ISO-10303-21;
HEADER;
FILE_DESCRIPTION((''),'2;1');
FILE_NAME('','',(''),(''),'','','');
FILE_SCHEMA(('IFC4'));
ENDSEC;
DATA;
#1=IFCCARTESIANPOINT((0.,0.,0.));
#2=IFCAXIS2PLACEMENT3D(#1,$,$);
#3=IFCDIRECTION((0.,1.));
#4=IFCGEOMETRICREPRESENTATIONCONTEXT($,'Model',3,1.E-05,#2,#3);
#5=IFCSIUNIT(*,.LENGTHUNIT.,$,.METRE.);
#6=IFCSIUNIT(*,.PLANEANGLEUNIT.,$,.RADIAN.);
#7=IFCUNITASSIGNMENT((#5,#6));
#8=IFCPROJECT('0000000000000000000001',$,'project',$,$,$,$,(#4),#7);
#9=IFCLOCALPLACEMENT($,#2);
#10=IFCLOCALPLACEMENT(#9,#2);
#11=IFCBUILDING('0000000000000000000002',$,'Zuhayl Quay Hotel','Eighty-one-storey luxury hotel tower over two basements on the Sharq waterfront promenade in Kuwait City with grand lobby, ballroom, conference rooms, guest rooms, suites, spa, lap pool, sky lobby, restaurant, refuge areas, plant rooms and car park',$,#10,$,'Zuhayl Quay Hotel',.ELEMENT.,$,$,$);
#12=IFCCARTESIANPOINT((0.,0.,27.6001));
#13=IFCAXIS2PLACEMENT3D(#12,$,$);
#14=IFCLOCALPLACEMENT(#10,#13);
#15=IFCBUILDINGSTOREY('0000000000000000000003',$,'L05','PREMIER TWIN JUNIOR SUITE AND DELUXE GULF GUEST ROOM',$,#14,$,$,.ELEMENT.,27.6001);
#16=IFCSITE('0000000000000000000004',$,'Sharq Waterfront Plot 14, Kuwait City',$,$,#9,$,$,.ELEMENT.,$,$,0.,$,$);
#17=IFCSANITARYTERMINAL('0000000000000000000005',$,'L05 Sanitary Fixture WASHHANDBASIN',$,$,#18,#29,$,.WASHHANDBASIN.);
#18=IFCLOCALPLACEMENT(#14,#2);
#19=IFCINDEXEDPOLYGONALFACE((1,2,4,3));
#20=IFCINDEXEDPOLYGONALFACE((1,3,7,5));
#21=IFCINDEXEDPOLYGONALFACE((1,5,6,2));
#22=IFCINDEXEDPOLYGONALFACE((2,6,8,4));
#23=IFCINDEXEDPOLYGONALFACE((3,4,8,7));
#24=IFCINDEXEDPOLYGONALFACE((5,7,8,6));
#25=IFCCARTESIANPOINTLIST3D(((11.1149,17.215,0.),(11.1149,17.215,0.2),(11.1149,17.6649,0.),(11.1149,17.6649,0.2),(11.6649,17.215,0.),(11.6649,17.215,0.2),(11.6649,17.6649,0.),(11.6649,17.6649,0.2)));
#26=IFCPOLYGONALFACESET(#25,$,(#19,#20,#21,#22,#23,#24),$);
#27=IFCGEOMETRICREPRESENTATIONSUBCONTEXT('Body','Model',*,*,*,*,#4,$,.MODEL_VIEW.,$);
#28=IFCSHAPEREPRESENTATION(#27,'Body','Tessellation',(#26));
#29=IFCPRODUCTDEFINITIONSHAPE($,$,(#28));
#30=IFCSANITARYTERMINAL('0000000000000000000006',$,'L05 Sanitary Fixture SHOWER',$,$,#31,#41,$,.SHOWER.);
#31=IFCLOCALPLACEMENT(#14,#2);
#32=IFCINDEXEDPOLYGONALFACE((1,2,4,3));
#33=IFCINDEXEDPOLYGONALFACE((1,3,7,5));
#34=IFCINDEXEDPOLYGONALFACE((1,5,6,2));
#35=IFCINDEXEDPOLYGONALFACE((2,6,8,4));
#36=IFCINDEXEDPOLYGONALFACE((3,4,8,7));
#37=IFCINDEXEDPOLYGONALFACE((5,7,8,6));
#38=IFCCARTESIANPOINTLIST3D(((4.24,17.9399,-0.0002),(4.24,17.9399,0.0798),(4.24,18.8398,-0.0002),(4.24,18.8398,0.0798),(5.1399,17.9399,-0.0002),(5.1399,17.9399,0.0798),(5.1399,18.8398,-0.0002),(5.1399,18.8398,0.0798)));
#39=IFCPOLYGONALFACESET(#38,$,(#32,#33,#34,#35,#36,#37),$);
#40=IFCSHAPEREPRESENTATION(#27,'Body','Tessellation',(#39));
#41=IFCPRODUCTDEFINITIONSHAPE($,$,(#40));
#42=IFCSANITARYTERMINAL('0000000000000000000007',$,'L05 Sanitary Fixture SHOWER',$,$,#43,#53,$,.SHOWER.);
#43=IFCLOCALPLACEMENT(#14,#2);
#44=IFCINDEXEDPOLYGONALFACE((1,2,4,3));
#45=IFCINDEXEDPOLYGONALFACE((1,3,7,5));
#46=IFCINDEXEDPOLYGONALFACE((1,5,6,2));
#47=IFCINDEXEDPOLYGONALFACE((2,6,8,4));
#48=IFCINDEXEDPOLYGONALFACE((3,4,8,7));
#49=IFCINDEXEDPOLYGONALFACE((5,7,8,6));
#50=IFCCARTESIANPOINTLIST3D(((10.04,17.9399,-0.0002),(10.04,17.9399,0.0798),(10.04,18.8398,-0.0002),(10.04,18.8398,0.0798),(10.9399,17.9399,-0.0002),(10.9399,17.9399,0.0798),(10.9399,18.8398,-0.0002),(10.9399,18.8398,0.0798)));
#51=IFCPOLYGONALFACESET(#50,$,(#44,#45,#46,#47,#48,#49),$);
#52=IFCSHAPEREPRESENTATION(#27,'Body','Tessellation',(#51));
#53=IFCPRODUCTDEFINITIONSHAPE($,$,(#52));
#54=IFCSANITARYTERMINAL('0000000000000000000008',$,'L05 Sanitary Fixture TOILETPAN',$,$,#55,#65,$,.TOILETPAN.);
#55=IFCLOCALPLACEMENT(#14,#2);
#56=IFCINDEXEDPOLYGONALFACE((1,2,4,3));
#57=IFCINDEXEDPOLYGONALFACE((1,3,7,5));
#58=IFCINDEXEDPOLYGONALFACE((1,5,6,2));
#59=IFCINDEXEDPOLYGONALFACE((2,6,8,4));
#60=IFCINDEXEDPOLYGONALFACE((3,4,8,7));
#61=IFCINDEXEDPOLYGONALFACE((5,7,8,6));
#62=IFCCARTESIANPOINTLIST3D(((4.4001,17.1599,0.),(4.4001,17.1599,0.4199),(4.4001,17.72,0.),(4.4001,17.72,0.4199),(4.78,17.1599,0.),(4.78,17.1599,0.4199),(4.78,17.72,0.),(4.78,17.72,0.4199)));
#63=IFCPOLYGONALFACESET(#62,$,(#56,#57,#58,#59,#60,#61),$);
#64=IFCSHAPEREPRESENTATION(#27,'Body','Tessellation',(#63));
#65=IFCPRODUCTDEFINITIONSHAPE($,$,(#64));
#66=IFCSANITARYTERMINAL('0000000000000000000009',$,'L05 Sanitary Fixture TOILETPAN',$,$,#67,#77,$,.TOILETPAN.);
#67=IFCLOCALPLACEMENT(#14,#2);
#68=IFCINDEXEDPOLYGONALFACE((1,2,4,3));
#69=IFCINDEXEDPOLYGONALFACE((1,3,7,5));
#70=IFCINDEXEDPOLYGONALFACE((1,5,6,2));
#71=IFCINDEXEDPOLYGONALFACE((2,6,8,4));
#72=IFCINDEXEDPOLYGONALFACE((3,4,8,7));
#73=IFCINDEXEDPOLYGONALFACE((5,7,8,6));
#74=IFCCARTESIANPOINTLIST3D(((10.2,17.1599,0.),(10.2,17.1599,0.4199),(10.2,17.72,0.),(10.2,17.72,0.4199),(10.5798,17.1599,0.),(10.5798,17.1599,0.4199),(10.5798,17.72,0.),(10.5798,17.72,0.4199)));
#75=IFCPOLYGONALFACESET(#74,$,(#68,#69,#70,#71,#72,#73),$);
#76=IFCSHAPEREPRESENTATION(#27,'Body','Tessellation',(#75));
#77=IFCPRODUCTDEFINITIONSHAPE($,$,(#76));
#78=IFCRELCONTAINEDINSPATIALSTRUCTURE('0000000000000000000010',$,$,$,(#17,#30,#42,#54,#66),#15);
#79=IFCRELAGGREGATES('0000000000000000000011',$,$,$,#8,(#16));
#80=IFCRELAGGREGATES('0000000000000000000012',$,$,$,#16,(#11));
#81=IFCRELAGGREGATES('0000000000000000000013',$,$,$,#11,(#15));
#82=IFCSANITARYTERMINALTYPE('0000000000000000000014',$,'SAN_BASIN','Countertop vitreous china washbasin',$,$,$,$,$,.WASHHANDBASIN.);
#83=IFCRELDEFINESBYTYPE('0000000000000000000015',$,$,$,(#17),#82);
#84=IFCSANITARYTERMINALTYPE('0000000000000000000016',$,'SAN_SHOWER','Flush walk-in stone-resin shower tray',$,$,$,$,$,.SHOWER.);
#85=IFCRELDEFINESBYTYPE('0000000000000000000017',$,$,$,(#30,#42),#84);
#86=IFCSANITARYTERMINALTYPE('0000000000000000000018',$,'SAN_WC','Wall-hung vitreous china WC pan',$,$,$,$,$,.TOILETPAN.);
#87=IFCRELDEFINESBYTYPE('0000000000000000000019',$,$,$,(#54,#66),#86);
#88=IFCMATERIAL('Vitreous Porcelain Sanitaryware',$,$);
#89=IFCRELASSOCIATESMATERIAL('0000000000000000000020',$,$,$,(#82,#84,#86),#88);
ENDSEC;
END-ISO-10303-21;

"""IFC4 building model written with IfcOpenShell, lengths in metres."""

from ifc_helpers import new_model, si_unit, direction, frame, origin, origin_2d, place, context, subcontext, project, spatial, rectangle, extrude, material, type_object, element, save


model = new_model("IFC4")

# Units and contexts
model_context = context("Model", 3, precision=1e-05, world=origin(), true_north=direction((0.0, 1.0)))
body_context = subcontext(model_context, "Body", "Model", "MODEL_VIEW")
ifc_project = project(units=[si_unit("LENGTHUNIT", "METRE"), si_unit("PLANEANGLEUNIT", "RADIAN")], contexts=[model_context])

# Site, building, storey
site_placement = place(None, origin())
site = spatial("IfcSite", under=ifc_project, at=site_placement, Name="Sharq Waterfront Plot 14, Kuwait City", CompositionType="ELEMENT", RefElevation=0.0)
building_placement = place(site_placement, origin())
building = spatial("IfcBuilding", under=site, at=building_placement, Name="Zuhayl Quay Hotel", Description="Eighty-one-storey luxury hotel tower over two basements on the Sharq waterfront promenade in Kuwait City with grand lobby, ballroom, conference rooms, guest rooms, suites, spa, lap pool, sky lobby, restaurant, refuge areas, plant rooms and car park", LongName="Zuhayl Quay Hotel", CompositionType="ELEMENT")
storey_placement = place(building_placement, frame((0.0, 0.0, 27.6001)))
storey = spatial("IfcBuildingStorey", under=building, at=storey_placement, Name="L05", Description="PREMIER TWIN JUNIOR SUITE AND DELUXE GULF GUEST ROOM", CompositionType="ELEMENT", Elevation=27.6001)

# Sanitary terminals
ifc_material_1 = material(Name="Vitreous Porcelain Sanitaryware")
sanitary_terminal_type_1 = type_object("IfcSanitaryTerminalType", Name="SAN_BASIN", Description="Countertop vitreous china washbasin", PredefinedType="WASHHANDBASIN", material=ifc_material_1)
for number, where, z_axis, x_axis, name in (
    (1, (11.3899, 17.4399, 0.0), (0.0, 0.0, 1.0), (1.0, 0.0, 0.0), "L05 Sanitary Fixture WASHHANDBASIN"),
):
    element("IfcSanitaryTerminal", number, at=place(storey_placement, frame(where, z_axis=z_axis, x_axis=x_axis)), inside=storey, type_object=sanitary_terminal_type_1, Name=name, PredefinedType="WASHHANDBASIN", context=body_context, shape_type="SweptSolid", body=[
        extrude(rectangle(XDim=0.55, YDim=0.45, at=origin_2d()), origin(), (0.0, 0.0, 1.0), 0.2),
    ])
sanitary_terminal_type_2 = type_object("IfcSanitaryTerminalType", Name="SAN_SHOWER", Description="Flush walk-in stone-resin shower tray", PredefinedType="SHOWER", material=ifc_material_1)
for number, where, z_axis, x_axis, name in (
    (2, (4.6899, 18.3899, -0.0002), (0.0, 0.0, 1.0), (1.0, 0.0, 0.0), "L05 Sanitary Fixture SHOWER"),
    (3, (10.49, 18.3899, -0.0002), (0.0, 0.0, 1.0), (1.0, 0.0, 0.0), "L05 Sanitary Fixture SHOWER"),
):
    element("IfcSanitaryTerminal", number, at=place(storey_placement, frame(where, z_axis=z_axis, x_axis=x_axis)), inside=storey, type_object=sanitary_terminal_type_2, Name=name, PredefinedType="SHOWER", context=body_context, shape_type="SweptSolid", body=[
        extrude(rectangle(XDim=0.8999, YDim=0.8999, at=origin_2d()), origin(), (0.0, 0.0, 1.0), 0.0801),
    ])
sanitary_terminal_type_3 = type_object("IfcSanitaryTerminalType", Name="SAN_WC", Description="Wall-hung vitreous china WC pan", PredefinedType="TOILETPAN", material=ifc_material_1)
for number, where, z_axis, x_axis, name in (
    (4, (4.5901, 17.4399, 0.0), (0.0, 0.0, 1.0), (1.0, 0.0, 0.0), "L05 Sanitary Fixture TOILETPAN"),
    (5, (10.3899, 17.4399, 0.0), (0.0, 0.0, 1.0), (1.0, 0.0, 0.0), "L05 Sanitary Fixture TOILETPAN"),
):
    element("IfcSanitaryTerminal", number, at=place(storey_placement, frame(where, z_axis=z_axis, x_axis=x_axis)), inside=storey, type_object=sanitary_terminal_type_3, Name=name, PredefinedType="TOILETPAN", context=body_context, shape_type="SweptSolid", body=[
        extrude(rectangle(XDim=0.3799, YDim=0.5601, at=origin_2d()), origin(), (0.0, 0.0, 1.0), 0.4199),
    ])

save(model, "model.ifc")
